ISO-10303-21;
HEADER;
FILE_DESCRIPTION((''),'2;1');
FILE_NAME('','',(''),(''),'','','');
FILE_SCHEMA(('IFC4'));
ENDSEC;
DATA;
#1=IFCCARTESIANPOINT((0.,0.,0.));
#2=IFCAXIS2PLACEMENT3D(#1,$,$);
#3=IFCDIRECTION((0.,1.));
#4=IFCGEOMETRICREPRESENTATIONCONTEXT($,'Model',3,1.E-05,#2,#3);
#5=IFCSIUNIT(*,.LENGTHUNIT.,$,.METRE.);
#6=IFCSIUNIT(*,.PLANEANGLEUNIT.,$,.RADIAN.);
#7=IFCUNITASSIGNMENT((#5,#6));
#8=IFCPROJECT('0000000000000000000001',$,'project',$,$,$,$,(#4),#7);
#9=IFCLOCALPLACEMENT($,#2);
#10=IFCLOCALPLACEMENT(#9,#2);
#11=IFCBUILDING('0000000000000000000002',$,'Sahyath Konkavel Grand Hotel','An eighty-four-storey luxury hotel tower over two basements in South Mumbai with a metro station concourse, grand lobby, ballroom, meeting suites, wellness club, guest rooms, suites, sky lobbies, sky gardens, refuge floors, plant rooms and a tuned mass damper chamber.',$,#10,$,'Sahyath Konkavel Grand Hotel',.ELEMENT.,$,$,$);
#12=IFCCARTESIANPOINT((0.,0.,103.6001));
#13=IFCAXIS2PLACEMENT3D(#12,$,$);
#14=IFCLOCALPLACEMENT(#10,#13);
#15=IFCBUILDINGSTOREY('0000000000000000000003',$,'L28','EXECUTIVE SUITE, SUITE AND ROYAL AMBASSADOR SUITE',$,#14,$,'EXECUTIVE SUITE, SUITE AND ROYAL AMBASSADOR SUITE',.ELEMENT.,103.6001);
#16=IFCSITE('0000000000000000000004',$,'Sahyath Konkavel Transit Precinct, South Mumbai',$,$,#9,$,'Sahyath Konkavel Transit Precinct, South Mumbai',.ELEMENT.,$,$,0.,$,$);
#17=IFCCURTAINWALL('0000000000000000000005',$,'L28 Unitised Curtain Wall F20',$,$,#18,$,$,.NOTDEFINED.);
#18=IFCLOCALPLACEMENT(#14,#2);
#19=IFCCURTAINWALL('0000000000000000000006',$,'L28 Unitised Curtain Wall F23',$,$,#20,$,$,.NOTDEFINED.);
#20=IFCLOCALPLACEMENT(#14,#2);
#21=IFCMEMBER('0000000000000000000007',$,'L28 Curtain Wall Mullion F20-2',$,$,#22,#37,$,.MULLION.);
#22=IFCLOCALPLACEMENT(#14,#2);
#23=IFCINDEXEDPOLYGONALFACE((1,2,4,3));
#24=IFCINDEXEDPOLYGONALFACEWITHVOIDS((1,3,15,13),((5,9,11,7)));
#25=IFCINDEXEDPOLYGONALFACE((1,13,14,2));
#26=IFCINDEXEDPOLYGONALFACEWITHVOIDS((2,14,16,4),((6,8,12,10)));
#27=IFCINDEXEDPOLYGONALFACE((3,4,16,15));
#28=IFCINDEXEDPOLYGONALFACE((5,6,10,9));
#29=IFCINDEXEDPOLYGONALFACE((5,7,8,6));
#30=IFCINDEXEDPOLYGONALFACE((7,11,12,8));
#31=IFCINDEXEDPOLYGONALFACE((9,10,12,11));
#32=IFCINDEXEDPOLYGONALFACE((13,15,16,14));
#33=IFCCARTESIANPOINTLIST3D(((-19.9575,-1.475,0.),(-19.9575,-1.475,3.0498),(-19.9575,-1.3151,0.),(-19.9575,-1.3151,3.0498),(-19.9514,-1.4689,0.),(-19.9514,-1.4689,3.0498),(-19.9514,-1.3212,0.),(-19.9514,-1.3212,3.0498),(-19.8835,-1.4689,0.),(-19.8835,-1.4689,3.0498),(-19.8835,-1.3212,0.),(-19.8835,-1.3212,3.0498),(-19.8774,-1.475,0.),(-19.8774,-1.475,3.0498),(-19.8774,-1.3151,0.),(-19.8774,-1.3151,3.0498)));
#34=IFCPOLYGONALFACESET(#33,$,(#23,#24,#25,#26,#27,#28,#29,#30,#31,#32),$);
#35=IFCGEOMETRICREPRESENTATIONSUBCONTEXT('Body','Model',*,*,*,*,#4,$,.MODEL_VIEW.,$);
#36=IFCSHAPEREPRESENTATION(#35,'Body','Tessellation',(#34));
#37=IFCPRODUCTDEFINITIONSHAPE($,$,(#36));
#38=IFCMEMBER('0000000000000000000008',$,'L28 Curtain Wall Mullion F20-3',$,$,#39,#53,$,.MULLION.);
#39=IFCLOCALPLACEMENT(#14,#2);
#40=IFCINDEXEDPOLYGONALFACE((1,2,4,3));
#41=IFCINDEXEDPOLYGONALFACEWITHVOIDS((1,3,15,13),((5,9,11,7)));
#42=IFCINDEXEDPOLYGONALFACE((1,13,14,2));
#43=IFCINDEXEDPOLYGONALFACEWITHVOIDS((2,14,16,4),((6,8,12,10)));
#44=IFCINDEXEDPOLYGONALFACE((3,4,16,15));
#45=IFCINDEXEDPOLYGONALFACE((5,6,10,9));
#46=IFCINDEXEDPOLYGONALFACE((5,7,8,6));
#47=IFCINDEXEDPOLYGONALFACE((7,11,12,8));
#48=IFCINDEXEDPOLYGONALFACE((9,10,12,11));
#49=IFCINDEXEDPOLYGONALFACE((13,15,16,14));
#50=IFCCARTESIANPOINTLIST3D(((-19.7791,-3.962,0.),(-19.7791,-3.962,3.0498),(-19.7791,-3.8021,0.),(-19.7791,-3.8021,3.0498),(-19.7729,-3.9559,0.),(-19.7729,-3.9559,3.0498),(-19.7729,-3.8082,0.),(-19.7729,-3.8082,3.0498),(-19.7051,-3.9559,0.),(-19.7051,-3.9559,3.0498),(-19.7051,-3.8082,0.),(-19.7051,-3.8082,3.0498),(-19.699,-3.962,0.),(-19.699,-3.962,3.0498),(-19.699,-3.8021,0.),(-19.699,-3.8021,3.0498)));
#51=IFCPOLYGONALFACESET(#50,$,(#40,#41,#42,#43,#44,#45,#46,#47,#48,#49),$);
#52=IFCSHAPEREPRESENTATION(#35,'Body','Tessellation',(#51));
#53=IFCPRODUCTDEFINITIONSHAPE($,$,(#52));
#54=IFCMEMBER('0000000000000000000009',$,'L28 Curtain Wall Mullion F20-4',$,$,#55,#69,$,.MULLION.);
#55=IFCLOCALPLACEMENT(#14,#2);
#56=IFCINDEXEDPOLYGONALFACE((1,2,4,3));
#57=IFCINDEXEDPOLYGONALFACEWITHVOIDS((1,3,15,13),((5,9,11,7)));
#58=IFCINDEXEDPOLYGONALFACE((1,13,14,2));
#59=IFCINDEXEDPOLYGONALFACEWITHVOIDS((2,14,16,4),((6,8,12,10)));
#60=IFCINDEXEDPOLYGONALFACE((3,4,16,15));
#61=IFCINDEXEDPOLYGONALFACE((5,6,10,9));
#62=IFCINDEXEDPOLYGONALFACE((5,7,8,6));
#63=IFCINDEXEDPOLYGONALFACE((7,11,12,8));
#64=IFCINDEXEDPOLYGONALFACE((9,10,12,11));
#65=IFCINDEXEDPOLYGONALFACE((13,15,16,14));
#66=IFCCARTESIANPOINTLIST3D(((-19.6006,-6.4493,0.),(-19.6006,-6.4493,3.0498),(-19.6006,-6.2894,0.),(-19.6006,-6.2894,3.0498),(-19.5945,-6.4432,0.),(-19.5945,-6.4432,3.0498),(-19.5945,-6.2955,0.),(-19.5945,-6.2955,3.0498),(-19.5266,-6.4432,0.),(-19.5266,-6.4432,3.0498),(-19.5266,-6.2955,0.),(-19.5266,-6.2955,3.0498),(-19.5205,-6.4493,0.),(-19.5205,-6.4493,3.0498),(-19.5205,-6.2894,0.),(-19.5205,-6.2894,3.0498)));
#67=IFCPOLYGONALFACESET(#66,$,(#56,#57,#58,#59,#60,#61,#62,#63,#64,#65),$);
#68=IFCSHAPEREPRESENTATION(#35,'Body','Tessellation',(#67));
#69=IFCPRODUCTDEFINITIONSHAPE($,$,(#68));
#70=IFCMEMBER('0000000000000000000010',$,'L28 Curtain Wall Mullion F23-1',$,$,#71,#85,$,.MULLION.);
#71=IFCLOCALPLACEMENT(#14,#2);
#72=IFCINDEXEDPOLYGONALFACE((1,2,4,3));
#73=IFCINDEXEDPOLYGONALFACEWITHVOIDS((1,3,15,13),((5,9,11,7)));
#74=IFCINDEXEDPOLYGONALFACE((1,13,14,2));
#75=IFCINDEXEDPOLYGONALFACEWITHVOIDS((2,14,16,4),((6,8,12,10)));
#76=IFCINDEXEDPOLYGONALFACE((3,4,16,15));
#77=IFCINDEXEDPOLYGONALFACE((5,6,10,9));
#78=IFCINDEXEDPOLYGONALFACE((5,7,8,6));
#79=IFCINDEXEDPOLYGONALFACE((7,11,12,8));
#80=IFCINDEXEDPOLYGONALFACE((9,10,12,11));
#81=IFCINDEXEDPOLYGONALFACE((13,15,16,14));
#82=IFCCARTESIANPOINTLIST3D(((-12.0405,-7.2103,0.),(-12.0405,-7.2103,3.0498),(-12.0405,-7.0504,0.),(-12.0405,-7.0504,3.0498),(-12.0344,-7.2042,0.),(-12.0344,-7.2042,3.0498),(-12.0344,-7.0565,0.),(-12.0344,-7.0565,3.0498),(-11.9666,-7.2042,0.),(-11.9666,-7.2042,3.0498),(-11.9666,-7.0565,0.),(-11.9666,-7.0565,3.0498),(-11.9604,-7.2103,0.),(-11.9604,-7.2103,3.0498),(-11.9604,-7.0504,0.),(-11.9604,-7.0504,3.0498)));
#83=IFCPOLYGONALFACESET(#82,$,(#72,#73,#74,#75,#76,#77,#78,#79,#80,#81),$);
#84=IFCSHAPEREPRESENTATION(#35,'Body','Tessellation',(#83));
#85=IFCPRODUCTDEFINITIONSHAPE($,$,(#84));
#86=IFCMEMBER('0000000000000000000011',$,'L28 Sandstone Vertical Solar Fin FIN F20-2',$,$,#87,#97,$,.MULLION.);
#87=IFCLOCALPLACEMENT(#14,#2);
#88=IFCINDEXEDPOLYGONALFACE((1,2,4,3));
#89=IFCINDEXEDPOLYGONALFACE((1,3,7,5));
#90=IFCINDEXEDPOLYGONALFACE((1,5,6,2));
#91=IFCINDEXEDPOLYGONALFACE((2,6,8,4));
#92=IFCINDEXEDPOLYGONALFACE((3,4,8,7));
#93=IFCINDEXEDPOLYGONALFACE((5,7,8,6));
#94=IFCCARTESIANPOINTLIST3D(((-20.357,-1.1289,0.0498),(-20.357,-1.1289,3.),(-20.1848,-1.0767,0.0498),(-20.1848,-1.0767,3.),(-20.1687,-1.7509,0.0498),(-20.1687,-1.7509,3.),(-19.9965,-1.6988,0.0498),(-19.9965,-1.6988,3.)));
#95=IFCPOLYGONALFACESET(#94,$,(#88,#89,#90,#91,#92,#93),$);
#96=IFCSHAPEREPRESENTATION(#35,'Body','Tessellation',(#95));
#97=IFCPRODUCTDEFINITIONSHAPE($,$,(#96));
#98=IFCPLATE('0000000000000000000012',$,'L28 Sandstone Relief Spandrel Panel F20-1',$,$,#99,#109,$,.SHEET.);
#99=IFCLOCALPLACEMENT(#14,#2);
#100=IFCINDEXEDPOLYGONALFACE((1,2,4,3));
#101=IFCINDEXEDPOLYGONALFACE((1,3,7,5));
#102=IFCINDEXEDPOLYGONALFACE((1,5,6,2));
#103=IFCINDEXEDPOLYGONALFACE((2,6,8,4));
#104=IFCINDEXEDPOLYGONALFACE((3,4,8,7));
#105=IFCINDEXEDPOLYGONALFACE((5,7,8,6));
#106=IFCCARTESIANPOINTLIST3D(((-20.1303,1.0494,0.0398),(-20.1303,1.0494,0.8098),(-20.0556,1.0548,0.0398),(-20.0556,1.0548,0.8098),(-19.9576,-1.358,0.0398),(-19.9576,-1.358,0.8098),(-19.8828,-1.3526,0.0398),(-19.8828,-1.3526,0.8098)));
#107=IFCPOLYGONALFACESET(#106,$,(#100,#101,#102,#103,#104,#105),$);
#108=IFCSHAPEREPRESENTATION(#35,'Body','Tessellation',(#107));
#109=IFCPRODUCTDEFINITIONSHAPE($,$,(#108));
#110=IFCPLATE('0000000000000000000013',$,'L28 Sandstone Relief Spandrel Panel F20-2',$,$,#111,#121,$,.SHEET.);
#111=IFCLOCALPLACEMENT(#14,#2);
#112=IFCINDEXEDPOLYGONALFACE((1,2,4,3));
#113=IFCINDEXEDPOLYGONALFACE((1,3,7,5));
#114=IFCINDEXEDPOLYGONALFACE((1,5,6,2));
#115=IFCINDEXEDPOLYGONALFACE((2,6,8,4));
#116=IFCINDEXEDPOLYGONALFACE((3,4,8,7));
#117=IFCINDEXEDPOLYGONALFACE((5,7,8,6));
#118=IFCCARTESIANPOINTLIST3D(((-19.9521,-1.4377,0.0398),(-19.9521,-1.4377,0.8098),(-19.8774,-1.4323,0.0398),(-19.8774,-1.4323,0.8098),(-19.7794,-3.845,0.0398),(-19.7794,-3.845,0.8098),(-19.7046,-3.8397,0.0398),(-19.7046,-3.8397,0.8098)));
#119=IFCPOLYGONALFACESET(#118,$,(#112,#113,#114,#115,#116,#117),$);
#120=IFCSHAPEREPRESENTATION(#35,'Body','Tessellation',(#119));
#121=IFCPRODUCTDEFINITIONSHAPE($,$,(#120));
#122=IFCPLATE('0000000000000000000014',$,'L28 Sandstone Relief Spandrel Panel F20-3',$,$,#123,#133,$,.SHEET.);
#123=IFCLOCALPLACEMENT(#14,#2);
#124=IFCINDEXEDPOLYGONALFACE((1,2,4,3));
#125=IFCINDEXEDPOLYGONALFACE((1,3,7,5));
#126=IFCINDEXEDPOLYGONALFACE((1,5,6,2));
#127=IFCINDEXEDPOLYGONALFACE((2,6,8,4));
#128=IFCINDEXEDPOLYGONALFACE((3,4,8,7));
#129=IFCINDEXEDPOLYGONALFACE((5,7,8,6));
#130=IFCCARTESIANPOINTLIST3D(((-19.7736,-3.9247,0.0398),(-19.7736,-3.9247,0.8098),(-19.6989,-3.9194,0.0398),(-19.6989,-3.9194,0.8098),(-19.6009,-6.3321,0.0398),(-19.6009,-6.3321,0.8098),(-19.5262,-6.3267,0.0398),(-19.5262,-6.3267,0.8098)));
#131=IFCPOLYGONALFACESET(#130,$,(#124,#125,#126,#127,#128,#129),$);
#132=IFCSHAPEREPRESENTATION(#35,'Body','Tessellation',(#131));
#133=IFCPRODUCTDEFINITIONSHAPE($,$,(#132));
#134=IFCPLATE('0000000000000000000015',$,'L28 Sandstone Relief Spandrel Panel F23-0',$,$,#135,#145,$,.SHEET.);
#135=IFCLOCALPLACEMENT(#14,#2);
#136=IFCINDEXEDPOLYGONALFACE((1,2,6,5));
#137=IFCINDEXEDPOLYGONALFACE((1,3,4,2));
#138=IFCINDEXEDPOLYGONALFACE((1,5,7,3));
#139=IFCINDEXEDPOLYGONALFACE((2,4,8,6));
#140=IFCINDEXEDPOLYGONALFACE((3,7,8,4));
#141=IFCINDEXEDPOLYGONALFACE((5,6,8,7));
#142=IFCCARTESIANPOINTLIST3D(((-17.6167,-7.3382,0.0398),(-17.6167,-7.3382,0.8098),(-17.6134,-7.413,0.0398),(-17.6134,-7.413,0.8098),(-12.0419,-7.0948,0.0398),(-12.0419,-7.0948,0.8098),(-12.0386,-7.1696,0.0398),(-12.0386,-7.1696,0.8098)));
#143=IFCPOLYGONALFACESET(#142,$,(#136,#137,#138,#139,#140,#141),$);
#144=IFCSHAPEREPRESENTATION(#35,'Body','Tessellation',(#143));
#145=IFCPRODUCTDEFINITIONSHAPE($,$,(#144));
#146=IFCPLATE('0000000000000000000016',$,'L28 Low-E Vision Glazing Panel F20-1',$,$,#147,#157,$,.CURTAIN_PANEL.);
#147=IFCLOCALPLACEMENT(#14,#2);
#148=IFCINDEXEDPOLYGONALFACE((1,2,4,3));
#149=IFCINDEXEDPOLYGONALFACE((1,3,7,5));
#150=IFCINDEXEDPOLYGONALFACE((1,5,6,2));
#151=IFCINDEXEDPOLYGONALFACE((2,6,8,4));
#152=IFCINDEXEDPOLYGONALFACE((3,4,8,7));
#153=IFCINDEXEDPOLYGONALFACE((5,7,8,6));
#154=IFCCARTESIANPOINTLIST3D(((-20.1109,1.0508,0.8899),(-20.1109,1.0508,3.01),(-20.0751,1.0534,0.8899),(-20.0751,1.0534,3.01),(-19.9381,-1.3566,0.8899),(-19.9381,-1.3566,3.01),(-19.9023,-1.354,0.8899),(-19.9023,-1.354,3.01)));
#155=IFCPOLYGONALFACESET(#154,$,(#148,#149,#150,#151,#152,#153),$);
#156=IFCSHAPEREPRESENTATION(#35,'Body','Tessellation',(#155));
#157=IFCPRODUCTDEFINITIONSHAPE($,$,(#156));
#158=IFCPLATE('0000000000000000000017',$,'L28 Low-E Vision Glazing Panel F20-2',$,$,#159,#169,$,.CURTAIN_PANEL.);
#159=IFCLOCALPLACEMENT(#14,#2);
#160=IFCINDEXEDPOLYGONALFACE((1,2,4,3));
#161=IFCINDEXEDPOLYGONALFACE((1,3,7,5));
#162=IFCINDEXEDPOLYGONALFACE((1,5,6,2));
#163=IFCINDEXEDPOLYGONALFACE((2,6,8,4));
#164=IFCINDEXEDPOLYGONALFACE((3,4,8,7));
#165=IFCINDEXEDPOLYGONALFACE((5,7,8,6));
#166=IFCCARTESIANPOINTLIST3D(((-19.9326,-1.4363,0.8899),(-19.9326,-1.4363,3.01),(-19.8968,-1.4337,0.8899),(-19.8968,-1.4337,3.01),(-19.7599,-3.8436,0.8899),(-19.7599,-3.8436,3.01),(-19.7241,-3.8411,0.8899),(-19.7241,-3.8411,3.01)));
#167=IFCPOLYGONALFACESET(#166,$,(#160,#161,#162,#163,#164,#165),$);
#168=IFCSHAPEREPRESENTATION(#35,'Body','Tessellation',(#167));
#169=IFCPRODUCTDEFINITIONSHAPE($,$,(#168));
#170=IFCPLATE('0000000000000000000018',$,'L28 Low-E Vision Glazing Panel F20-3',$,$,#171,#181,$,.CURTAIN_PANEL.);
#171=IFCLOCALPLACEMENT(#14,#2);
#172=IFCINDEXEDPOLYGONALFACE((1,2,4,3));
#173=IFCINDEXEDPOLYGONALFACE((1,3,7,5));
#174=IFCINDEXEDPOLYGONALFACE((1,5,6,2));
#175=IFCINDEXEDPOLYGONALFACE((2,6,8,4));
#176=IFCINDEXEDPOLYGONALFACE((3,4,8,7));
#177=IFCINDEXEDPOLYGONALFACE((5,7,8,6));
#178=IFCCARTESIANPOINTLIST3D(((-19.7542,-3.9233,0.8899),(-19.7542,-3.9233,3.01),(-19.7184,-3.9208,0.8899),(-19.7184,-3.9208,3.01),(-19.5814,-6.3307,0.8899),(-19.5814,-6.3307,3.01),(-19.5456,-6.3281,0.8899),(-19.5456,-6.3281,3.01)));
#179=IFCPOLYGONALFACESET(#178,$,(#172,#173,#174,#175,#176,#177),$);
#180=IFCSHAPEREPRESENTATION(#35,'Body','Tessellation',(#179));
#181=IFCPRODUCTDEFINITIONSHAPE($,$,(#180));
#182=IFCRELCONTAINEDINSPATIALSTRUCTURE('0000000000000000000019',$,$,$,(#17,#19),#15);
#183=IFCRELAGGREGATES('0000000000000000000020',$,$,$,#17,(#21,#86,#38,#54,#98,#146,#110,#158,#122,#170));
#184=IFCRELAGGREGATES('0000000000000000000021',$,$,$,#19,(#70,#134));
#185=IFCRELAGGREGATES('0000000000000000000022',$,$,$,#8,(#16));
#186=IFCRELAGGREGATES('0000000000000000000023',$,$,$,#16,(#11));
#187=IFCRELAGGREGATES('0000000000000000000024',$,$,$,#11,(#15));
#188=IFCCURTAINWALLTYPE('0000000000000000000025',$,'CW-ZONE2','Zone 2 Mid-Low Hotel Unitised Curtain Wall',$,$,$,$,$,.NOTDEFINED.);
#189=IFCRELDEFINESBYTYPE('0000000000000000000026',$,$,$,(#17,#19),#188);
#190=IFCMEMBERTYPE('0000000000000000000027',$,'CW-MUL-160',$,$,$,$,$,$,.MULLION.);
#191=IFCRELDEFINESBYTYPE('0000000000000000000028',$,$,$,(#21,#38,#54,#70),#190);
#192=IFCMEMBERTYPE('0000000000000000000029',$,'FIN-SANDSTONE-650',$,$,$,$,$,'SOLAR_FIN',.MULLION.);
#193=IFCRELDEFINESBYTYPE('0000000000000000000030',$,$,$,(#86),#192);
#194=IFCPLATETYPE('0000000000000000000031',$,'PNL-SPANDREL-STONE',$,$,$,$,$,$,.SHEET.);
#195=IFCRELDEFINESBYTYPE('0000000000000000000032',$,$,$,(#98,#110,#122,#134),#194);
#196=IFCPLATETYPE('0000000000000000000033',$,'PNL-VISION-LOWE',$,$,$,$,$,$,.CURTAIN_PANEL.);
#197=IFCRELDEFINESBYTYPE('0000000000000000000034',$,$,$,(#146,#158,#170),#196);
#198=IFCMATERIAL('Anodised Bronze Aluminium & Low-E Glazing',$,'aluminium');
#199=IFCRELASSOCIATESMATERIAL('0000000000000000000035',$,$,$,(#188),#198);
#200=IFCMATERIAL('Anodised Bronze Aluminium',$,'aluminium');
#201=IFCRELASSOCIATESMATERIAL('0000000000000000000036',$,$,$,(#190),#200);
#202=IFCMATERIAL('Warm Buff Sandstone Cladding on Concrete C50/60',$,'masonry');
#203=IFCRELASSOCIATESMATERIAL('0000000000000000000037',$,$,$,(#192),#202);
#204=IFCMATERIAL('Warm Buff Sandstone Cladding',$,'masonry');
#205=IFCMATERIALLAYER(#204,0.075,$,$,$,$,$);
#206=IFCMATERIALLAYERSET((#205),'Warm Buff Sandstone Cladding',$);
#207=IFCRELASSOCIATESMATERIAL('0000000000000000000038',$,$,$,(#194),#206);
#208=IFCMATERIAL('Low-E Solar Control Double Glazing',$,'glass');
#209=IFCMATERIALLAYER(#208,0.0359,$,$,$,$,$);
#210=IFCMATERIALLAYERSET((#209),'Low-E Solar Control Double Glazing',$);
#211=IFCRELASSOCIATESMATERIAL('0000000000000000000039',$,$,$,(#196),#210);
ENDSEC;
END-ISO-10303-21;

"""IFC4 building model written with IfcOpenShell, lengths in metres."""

from ifc_helpers import new_model, si_unit, direction, frame, origin, origin_2d, place, context, subcontext, project, spatial, rectangle, hollow_rectangle, extrude, source, transform, mapped, material, layer, layer_set, material_profile, profile_set, type_object, element, aggregate, save


model = new_model("IFC4")

# Units and contexts
model_context = context("Model", 3, precision=1e-05, world=origin(), true_north=direction((0.0, 1.0)))
body_context = subcontext(model_context, "Body", "Model", "MODEL_VIEW")
ifc_project = project(units=[si_unit("LENGTHUNIT", "METRE"), si_unit("PLANEANGLEUNIT", "RADIAN")], contexts=[model_context])

# Site, building, storey
site_placement = place(None, origin())
site = spatial("IfcSite", under=ifc_project, at=site_placement, Name="Sahyath Konkavel Transit Precinct, South Mumbai", LongName="Sahyath Konkavel Transit Precinct, South Mumbai", CompositionType="ELEMENT", RefElevation=0.0)
building_placement = place(site_placement, origin())
building = spatial("IfcBuilding", under=site, at=building_placement, Name="Sahyath Konkavel Grand Hotel", Description="An eighty-four-storey luxury hotel tower over two basements in South Mumbai with a metro station concourse, grand lobby, ballroom, meeting suites, wellness club, guest rooms, suites, sky lobbies, sky gardens, refuge floors, plant rooms and a tuned mass damper chamber.", LongName="Sahyath Konkavel Grand Hotel", CompositionType="ELEMENT")
storey_placement = place(building_placement, frame((0.0, 0.0, 103.6001)))
storey = spatial("IfcBuildingStorey", under=building, at=storey_placement, Name="L28", Description="EXECUTIVE SUITE, SUITE AND ROYAL AMBASSADOR SUITE", LongName="EXECUTIVE SUITE, SUITE AND ROYAL AMBASSADOR SUITE", CompositionType="ELEMENT", Elevation=103.6001)

# Curtain wall
ifc_material_1 = material(Name="Anodised Bronze Aluminium & Low-E Glazing", Category="aluminium")
curtain_wall_type = type_object("IfcCurtainWallType", Name="CW-ZONE2", Description="Zone 2 Mid-Low Hotel Unitised Curtain Wall", PredefinedType="NOTDEFINED", material=ifc_material_1)
curtain_wall_1_placement = place(storey_placement, origin())
curtain_wall_1 = element("IfcCurtainWall", 1, at=curtain_wall_1_placement, inside=storey, type_object=curtain_wall_type, Name="L28 Unitised Curtain Wall F20", PredefinedType="NOTDEFINED")
ifc_material_2 = material(Name="Anodised Bronze Aluminium", Category="aluminium")

# Curtain wall
curtain_wall_2_placement = place(storey_placement, origin())
curtain_wall_2 = element("IfcCurtainWall", 2, at=curtain_wall_2_placement, inside=storey, type_object=curtain_wall_type, Name="L28 Unitised Curtain Wall F23", PredefinedType="NOTDEFINED")

# Members
ifc_material_profile_1 = material_profile(ifc_material_2, hollow_rectangle(XDim=0.0801, YDim=0.1599, WallThickness=0.0061, at=origin_2d()), Name="RHS 160x80x6")
ifc_profile_set_1 = profile_set([ifc_material_profile_1], Name="Anodised Bronze Aluminium")
member_type_1 = type_object("IfcMemberType", Name="CW-MUL-160", PredefinedType="MULLION", material=ifc_profile_set_1)
shared_shape_1 = source(origin(), body_context, "Body", "SweptSolid", [
    extrude(hollow_rectangle(XDim=0.0801, YDim=0.1599, WallThickness=0.0061, at=origin_2d()), origin(), (0.0, 0.0, 1.0), 3.0498),
])
member_1_placement = place(storey_placement, frame((-19.9175, -1.395, 0.0), z_axis=(0.0, 0.0, 1.0), x_axis=(1.0, 0.0, 0.0)))
member_1 = element("IfcMember", 3, at=member_1_placement, type_object=member_type_1, Name="L28 Curtain Wall Mullion F20-2", PredefinedType="MULLION", context=body_context, shape_type="MappedRepresentation", body=[
    mapped(shared_shape_1, transform((0.0, 0.0, 0.0), scale=1.0)),
])
member_2_placement = place(storey_placement, frame((-19.739, -3.8821, 0.0), z_axis=(0.0, 0.0, 1.0), x_axis=(1.0, 0.0, 0.0)))
member_2 = element("IfcMember", 4, at=member_2_placement, type_object=member_type_1, Name="L28 Curtain Wall Mullion F20-3", PredefinedType="MULLION", context=body_context, shape_type="MappedRepresentation", body=[
    mapped(shared_shape_1, transform((0.0, 0.0, 0.0), scale=1.0)),
])
member_3_placement = place(storey_placement, frame((-19.5605, -6.3694, 0.0), z_axis=(0.0, 0.0, 1.0), x_axis=(1.0, 0.0, 0.0)))
member_3 = element("IfcMember", 5, at=member_3_placement, type_object=member_type_1, Name="L28 Curtain Wall Mullion F20-4", PredefinedType="MULLION", context=body_context, shape_type="MappedRepresentation", body=[
    mapped(shared_shape_1, transform((0.0, 0.0, 0.0), scale=1.0)),
])
member_4_placement = place(storey_placement, frame((-12.0005, -7.1304, 0.0), z_axis=(0.0, 0.0, 1.0), x_axis=(1.0, 0.0, 0.0)))
member_4 = element("IfcMember", 6, at=member_4_placement, type_object=member_type_1, Name="L28 Curtain Wall Mullion F23-1", PredefinedType="MULLION", context=body_context, shape_type="MappedRepresentation", body=[
    mapped(shared_shape_1, transform((0.0, 0.0, 0.0), scale=1.0)),
])
ifc_material_3 = material(Name="Warm Buff Sandstone Cladding on Concrete C50/60", Category="masonry")
ifc_material_profile_2 = material_profile(ifc_material_3, rectangle(XDim=0.1799, YDim=0.6499, at=origin_2d()), Name="FIN 180x650")
ifc_profile_set_2 = profile_set([ifc_material_profile_2], Name="Warm Buff Sandstone Cladding on Concrete C50/60")
member_type_2 = type_object("IfcMemberType", Name="FIN-SANDSTONE-650", ElementType="SOLAR_FIN", PredefinedType="MULLION", material=ifc_profile_set_2)
shared_shape_2 = source(origin(), body_context, "Body", "SweptSolid", [
    extrude(rectangle(XDim=0.1799, YDim=0.6499, at=origin_2d()), origin(), (0.0, 0.0, 1.0), 2.9502),
])
member_5_placement = place(storey_placement, frame((-20.1768, -1.4138, 0.0498), z_axis=(0.0, 0.0, 1.0), x_axis=(0.957117, 0.2897, 0.0)))
member_5 = element("IfcMember", 7, at=member_5_placement, type_object=member_type_2, Name="L28 Sandstone Vertical Solar Fin FIN F20-2", PredefinedType="MULLION", context=body_context, shape_type="MappedRepresentation", body=[
    mapped(shared_shape_2, transform((0.0, 0.0, 0.0), scale=1.0)),
])

# Plates
ifc_material_4 = material(Name="Warm Buff Sandstone Cladding", Category="masonry")
ifc_layer_1 = layer(ifc_material_4, 0.075)
ifc_layer_set_1 = layer_set([ifc_layer_1], Name="Warm Buff Sandstone Cladding")
plate_type_1 = type_object("IfcPlateType", Name="PNL-SPANDREL-STONE", PredefinedType="SHEET", material=ifc_layer_set_1)
shared_shape_3 = source(origin(), body_context, "Body", "SweptSolid", [
    extrude(rectangle(XDim=2.4136, YDim=0.075, at=origin_2d()), origin(), (0.0, 0.0, 1.0), 0.77),
])
plate_1_placement = place(storey_placement, frame((-20.0066, -0.1516, 0.0398), z_axis=(0.0, 0.0, 1.0), x_axis=(0.071567, -0.997436, 0.0)))
plate_1 = element("IfcPlate", 8, at=plate_1_placement, type_object=plate_type_1, Name="L28 Sandstone Relief Spandrel Panel F20-1", PredefinedType="SHEET", context=body_context, shape_type="MappedRepresentation", body=[
    mapped(shared_shape_3, transform((0.0, 0.0, 0.0), scale=1.0)),
])
plate_2_placement = place(storey_placement, frame((-19.8284, -2.6387, 0.0398), z_axis=(0.0, 0.0, 1.0), x_axis=(0.071567, -0.997436, 0.0)))
plate_2 = element("IfcPlate", 9, at=plate_2_placement, type_object=plate_type_1, Name="L28 Sandstone Relief Spandrel Panel F20-2", PredefinedType="SHEET", context=body_context, shape_type="MappedRepresentation", body=[
    mapped(shared_shape_3, transform((0.0, 0.0, 0.0), scale=1.0)),
])
plate_3_placement = place(storey_placement, frame((-19.6499, -5.1257, 0.0398), z_axis=(0.0, 0.0, 1.0), x_axis=(0.071567, -0.997436, 0.0)))
plate_3 = element("IfcPlate", 10, at=plate_3_placement, type_object=plate_type_1, Name="L28 Sandstone Relief Spandrel Panel F20-3", PredefinedType="SHEET", context=body_context, shape_type="MappedRepresentation", body=[
    mapped(shared_shape_3, transform((0.0, 0.0, 0.0), scale=1.0)),
])
shared_shape_4 = source(origin(), body_context, "Body", "SweptSolid", [
    extrude(rectangle(XDim=5.5801, YDim=0.075, at=origin_2d()), origin(), (0.0, 0.0, 1.0), 0.77),
])
plate_4_placement = place(storey_placement, frame((-14.8276, -7.2539, 0.0398), z_axis=(0.0, 0.0, 1.0), x_axis=(0.999048, 0.043619, 0.0)))
plate_4 = element("IfcPlate", 11, at=plate_4_placement, type_object=plate_type_1, Name="L28 Sandstone Relief Spandrel Panel F23-0", PredefinedType="SHEET", context=body_context, shape_type="MappedRepresentation", body=[
    mapped(shared_shape_4, transform((0.0, 0.0, 0.0), scale=1.0)),
])
ifc_material_5 = material(Name="Low-E Solar Control Double Glazing", Category="glass")
ifc_layer_2 = layer(ifc_material_5, 0.0359)
ifc_layer_set_2 = layer_set([ifc_layer_2], Name="Low-E Solar Control Double Glazing")
plate_type_2 = type_object("IfcPlateType", Name="PNL-VISION-LOWE", PredefinedType="CURTAIN_PANEL", material=ifc_layer_set_2)
shared_shape_5 = source(origin(), body_context, "Body", "SweptSolid", [
    extrude(rectangle(XDim=2.4136, YDim=0.0359, at=origin_2d()), origin(), (0.0, 0.0, 1.0), 2.1201),
])
plate_5_placement = place(storey_placement, frame((-20.0066, -0.1516, 0.8899), z_axis=(0.0, 0.0, 1.0), x_axis=(0.071567, -0.997436, 0.0)))
plate_5 = element("IfcPlate", 12, at=plate_5_placement, type_object=plate_type_2, Name="L28 Low-E Vision Glazing Panel F20-1", PredefinedType="CURTAIN_PANEL", context=body_context, shape_type="MappedRepresentation", body=[
    mapped(shared_shape_5, transform((0.0, 0.0, 0.0), scale=1.0)),
])
plate_6_placement = place(storey_placement, frame((-19.8284, -2.6387, 0.8899), z_axis=(0.0, 0.0, 1.0), x_axis=(0.071567, -0.997436, 0.0)))
plate_6 = element("IfcPlate", 13, at=plate_6_placement, type_object=plate_type_2, Name="L28 Low-E Vision Glazing Panel F20-2", PredefinedType="CURTAIN_PANEL", context=body_context, shape_type="MappedRepresentation", body=[
    mapped(shared_shape_5, transform((0.0, 0.0, 0.0), scale=1.0)),
])
plate_7_placement = place(storey_placement, frame((-19.6499, -5.1257, 0.8899), z_axis=(0.0, 0.0, 1.0), x_axis=(0.071567, -0.997436, 0.0)))
plate_7 = element("IfcPlate", 14, at=plate_7_placement, type_object=plate_type_2, Name="L28 Low-E Vision Glazing Panel F20-3", PredefinedType="CURTAIN_PANEL", context=body_context, shape_type="MappedRepresentation", body=[
    mapped(shared_shape_5, transform((0.0, 0.0, 0.0), scale=1.0)),
])
aggregate(curtain_wall_1, [member_1, member_5, member_2, member_3, plate_1, plate_5, plate_2, plate_6, plate_3, plate_7])
aggregate(curtain_wall_2, [member_4, plate_4])

save(model, "model.ifc")
